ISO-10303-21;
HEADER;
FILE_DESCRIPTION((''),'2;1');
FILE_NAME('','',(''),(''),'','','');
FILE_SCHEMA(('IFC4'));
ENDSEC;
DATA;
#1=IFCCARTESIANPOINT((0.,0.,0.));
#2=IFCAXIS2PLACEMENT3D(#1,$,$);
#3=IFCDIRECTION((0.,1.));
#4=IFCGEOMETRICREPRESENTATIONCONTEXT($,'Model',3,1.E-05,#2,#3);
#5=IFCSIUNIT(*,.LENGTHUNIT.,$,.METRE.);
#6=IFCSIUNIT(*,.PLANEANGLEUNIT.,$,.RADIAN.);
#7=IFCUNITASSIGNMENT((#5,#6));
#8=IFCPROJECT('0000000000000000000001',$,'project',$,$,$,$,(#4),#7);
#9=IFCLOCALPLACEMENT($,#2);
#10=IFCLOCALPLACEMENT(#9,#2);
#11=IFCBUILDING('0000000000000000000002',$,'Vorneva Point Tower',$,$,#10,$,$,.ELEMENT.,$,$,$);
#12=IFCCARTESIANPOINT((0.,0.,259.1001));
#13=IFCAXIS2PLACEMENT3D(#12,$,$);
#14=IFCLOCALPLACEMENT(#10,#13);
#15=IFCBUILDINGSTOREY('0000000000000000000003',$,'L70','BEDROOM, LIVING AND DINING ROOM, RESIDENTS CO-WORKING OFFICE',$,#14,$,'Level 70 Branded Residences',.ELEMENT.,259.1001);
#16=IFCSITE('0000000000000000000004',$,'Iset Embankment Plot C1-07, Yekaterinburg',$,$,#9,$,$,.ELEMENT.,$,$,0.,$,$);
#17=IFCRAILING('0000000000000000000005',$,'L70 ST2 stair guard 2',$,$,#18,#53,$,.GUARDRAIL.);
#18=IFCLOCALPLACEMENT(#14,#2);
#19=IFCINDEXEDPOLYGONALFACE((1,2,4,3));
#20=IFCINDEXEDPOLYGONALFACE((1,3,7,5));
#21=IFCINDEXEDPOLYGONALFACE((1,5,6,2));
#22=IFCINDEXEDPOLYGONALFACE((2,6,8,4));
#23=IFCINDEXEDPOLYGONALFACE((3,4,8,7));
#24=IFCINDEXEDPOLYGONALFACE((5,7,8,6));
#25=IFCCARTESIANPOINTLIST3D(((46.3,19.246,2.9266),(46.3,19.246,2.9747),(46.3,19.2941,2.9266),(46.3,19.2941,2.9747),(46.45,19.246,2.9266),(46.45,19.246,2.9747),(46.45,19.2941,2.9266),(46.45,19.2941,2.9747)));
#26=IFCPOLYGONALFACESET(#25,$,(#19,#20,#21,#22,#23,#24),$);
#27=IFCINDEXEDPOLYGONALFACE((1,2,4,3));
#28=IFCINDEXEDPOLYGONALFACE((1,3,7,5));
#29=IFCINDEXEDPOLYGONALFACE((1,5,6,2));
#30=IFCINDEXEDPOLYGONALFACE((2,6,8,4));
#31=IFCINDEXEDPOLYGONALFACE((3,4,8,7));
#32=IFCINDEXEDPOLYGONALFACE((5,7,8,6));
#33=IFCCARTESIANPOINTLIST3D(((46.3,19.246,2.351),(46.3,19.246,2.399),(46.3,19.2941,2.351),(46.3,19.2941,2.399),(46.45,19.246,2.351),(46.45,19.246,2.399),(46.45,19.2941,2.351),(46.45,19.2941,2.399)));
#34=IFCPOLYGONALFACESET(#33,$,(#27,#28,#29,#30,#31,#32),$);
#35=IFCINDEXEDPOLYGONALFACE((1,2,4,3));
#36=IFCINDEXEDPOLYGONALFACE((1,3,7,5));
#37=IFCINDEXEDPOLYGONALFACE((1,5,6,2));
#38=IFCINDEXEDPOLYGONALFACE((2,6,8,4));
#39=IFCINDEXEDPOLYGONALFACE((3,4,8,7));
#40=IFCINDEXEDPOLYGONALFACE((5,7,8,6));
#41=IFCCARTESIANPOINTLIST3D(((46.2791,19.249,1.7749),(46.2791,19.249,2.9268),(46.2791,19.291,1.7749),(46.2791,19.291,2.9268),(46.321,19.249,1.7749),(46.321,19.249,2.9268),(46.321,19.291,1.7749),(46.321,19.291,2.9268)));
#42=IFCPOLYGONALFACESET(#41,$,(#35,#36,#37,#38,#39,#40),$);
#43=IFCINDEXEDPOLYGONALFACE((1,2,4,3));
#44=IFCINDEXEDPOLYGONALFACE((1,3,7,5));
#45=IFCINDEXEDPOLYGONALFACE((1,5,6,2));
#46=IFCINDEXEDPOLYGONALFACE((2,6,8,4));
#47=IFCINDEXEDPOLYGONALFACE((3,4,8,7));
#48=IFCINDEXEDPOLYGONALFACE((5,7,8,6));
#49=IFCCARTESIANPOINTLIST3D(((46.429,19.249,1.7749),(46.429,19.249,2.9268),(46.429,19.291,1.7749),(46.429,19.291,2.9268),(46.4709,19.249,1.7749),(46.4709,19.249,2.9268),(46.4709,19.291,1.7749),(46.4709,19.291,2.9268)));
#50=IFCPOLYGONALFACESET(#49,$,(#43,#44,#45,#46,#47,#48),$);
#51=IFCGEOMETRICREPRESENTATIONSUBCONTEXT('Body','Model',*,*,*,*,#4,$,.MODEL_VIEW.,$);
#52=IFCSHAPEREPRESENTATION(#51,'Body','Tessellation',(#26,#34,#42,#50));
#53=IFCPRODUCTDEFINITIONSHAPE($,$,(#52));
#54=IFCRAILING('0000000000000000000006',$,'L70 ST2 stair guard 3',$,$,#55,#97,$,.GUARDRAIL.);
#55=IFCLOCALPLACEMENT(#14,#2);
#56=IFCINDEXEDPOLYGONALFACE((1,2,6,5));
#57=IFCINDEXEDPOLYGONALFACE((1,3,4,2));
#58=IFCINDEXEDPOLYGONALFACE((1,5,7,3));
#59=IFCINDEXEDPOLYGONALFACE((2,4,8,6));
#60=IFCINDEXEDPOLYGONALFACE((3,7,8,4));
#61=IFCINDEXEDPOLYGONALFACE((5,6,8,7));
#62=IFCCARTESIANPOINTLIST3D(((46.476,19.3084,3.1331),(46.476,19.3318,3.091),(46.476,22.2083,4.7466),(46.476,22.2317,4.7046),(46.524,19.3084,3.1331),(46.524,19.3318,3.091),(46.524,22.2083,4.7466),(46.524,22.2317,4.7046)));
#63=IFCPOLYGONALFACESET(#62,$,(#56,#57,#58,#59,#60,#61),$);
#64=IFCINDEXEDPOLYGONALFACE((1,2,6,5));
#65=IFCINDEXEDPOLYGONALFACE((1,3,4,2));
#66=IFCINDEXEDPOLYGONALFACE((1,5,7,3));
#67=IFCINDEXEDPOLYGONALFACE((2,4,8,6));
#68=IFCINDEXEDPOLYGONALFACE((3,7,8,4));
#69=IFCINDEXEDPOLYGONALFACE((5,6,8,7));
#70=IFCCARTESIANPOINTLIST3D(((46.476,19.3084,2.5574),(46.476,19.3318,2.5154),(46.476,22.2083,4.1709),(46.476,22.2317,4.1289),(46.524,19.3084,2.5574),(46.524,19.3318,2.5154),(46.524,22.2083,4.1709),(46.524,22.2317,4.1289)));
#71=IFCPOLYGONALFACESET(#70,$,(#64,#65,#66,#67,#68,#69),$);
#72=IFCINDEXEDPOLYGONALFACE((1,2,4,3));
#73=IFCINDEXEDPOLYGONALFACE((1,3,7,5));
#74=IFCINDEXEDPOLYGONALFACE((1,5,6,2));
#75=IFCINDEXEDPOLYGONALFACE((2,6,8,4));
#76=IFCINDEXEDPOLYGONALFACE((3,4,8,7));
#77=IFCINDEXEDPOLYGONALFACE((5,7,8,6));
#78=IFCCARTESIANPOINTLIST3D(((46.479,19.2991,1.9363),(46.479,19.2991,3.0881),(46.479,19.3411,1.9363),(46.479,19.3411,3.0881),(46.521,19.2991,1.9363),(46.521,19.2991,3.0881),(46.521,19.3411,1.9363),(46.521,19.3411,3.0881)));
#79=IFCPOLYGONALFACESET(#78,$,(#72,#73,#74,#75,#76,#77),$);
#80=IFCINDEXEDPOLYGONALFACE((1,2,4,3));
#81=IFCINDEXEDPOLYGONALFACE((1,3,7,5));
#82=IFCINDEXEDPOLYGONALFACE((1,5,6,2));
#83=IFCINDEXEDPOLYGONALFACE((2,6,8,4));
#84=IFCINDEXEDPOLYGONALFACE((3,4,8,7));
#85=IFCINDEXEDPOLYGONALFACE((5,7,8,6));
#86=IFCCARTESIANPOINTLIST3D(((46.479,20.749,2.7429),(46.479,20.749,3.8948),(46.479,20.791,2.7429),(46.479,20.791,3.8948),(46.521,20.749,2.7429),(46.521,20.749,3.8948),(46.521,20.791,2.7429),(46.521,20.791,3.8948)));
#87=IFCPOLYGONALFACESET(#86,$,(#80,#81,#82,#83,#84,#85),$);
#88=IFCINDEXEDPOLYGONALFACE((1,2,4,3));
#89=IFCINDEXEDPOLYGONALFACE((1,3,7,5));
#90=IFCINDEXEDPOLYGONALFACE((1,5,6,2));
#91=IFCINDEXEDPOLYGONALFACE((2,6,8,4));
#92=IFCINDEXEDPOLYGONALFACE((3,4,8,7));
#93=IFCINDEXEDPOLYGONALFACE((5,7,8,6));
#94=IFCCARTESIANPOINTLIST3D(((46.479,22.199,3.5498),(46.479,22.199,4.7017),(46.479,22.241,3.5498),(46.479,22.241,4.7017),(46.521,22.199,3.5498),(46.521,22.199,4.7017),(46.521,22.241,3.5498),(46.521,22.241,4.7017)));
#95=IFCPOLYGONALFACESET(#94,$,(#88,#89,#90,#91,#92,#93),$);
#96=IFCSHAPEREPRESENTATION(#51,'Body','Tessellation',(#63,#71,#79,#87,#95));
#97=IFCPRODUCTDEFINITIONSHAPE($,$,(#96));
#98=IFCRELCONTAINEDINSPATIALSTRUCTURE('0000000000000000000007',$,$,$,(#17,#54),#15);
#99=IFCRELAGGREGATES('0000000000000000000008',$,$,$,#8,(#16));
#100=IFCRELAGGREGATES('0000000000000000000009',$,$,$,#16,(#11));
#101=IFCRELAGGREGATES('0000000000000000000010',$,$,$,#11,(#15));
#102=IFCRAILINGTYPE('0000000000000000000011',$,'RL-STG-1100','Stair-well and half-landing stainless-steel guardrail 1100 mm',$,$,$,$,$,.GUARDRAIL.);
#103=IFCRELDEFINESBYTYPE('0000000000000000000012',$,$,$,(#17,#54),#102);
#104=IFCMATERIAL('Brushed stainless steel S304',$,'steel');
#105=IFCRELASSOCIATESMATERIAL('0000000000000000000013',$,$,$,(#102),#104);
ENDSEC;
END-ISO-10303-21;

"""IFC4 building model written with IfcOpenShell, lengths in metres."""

from ifc_helpers import new_model, si_unit, direction, frame, origin, origin_2d, place, context, subcontext, project, spatial, rectangle, extrude, material, type_object, element, save


model = new_model("IFC4")

# Units and contexts
model_context = context("Model", 3, precision=1e-05, world=origin(), true_north=direction((0.0, 1.0)))
body_context = subcontext(model_context, "Body", "Model", "MODEL_VIEW")
ifc_project = project(units=[si_unit("LENGTHUNIT", "METRE"), si_unit("PLANEANGLEUNIT", "RADIAN")], contexts=[model_context])

# Site, building, storey
site_placement = place(None, origin())
site = spatial("IfcSite", under=ifc_project, at=site_placement, Name="Iset Embankment Plot C1-07, Yekaterinburg", CompositionType="ELEMENT", RefElevation=0.0)
building_placement = place(site_placement, origin())
building = spatial("IfcBuilding", under=site, at=building_placement, Name="Vorneva Point Tower", CompositionType="ELEMENT")
storey_placement = place(building_placement, frame((0.0, 0.0, 259.1001)))
storey = spatial("IfcBuildingStorey", under=building, at=storey_placement, Name="L70", Description="BEDROOM, LIVING AND DINING ROOM, RESIDENTS CO-WORKING OFFICE", LongName="Level 70 Branded Residences", CompositionType="ELEMENT", Elevation=259.1001)

# Railings
ifc_material_1 = material(Name="Brushed stainless steel S304", Category="steel")
railing_type = type_object("IfcRailingType", Name="RL-STG-1100", Description="Stair-well and half-landing stainless-steel guardrail 1100 mm", PredefinedType="GUARDRAIL", material=ifc_material_1)
railing_1_placement = place(storey_placement, frame((46.3, 19.27, 1.7749)))
element("IfcRailing", 1, at=railing_1_placement, inside=storey, type_object=railing_type, Name="L70 ST2 stair guard 2", PredefinedType="GUARDRAIL", context=body_context, shape_type="SweptSolid", body=[
    extrude(rectangle(XDim=0.0481, YDim=0.0481, at=origin_2d()), frame((0.0, 0.0, 1.1758), z_axis=(1.0, 0.0, 0.0), x_axis=(0.0, 1.0, 0.0)), (0.0, 0.0, 1.0), 0.1499),
    extrude(rectangle(XDim=0.0481, YDim=0.0481, at=origin_2d()), frame((0.0, 0.0, 0.6001), z_axis=(1.0, 0.0, 0.0), x_axis=(0.0, 1.0, 0.0)), (0.0, 0.0, 1.0), 0.1499),
    extrude(rectangle(XDim=0.042, YDim=0.042, at=origin_2d()), origin(), (0.0, 0.0, 1.0), 1.1519),
    extrude(rectangle(XDim=0.042, YDim=0.042, at=origin_2d()), frame((0.1499, 0.0, 0.0)), (0.0, 0.0, 1.0), 1.1519),
])
railing_2_placement = place(storey_placement, frame((46.5, 19.3201, 1.9363)))
element("IfcRailing", 2, at=railing_2_placement, inside=storey, type_object=railing_type, Name="L70 ST2 stair guard 3", PredefinedType="GUARDRAIL", context=body_context, shape_type="SweptSolid", body=[
    extrude(rectangle(XDim=0.0481, YDim=0.0481, at=origin_2d()), frame((0.0, 0.0, 1.1758), z_axis=(0.0, 0.873841, 0.486211), x_axis=(-1.0, 0.0, 0.0)), (0.0, 0.0, 1.0), 3.3186),
    extrude(rectangle(XDim=0.0481, YDim=0.0481, at=origin_2d()), frame((0.0, 0.0, 0.6001), z_axis=(0.0, 0.873841, 0.486211), x_axis=(-1.0, 0.0, 0.0)), (0.0, 0.0, 1.0), 3.3186),
    extrude(rectangle(XDim=0.042, YDim=0.042, at=origin_2d()), origin(), (0.0, 0.0, 1.0), 1.1519),
    extrude(rectangle(XDim=0.042, YDim=0.042, at=origin_2d()), frame((0.0, 1.45, 0.8066)), (0.0, 0.0, 1.0), 1.1519),
    extrude(rectangle(XDim=0.042, YDim=0.042, at=origin_2d()), frame((0.0, 2.8999, 1.6135)), (0.0, 0.0, 1.0), 1.1519),
])

save(model, "model.ifc")
